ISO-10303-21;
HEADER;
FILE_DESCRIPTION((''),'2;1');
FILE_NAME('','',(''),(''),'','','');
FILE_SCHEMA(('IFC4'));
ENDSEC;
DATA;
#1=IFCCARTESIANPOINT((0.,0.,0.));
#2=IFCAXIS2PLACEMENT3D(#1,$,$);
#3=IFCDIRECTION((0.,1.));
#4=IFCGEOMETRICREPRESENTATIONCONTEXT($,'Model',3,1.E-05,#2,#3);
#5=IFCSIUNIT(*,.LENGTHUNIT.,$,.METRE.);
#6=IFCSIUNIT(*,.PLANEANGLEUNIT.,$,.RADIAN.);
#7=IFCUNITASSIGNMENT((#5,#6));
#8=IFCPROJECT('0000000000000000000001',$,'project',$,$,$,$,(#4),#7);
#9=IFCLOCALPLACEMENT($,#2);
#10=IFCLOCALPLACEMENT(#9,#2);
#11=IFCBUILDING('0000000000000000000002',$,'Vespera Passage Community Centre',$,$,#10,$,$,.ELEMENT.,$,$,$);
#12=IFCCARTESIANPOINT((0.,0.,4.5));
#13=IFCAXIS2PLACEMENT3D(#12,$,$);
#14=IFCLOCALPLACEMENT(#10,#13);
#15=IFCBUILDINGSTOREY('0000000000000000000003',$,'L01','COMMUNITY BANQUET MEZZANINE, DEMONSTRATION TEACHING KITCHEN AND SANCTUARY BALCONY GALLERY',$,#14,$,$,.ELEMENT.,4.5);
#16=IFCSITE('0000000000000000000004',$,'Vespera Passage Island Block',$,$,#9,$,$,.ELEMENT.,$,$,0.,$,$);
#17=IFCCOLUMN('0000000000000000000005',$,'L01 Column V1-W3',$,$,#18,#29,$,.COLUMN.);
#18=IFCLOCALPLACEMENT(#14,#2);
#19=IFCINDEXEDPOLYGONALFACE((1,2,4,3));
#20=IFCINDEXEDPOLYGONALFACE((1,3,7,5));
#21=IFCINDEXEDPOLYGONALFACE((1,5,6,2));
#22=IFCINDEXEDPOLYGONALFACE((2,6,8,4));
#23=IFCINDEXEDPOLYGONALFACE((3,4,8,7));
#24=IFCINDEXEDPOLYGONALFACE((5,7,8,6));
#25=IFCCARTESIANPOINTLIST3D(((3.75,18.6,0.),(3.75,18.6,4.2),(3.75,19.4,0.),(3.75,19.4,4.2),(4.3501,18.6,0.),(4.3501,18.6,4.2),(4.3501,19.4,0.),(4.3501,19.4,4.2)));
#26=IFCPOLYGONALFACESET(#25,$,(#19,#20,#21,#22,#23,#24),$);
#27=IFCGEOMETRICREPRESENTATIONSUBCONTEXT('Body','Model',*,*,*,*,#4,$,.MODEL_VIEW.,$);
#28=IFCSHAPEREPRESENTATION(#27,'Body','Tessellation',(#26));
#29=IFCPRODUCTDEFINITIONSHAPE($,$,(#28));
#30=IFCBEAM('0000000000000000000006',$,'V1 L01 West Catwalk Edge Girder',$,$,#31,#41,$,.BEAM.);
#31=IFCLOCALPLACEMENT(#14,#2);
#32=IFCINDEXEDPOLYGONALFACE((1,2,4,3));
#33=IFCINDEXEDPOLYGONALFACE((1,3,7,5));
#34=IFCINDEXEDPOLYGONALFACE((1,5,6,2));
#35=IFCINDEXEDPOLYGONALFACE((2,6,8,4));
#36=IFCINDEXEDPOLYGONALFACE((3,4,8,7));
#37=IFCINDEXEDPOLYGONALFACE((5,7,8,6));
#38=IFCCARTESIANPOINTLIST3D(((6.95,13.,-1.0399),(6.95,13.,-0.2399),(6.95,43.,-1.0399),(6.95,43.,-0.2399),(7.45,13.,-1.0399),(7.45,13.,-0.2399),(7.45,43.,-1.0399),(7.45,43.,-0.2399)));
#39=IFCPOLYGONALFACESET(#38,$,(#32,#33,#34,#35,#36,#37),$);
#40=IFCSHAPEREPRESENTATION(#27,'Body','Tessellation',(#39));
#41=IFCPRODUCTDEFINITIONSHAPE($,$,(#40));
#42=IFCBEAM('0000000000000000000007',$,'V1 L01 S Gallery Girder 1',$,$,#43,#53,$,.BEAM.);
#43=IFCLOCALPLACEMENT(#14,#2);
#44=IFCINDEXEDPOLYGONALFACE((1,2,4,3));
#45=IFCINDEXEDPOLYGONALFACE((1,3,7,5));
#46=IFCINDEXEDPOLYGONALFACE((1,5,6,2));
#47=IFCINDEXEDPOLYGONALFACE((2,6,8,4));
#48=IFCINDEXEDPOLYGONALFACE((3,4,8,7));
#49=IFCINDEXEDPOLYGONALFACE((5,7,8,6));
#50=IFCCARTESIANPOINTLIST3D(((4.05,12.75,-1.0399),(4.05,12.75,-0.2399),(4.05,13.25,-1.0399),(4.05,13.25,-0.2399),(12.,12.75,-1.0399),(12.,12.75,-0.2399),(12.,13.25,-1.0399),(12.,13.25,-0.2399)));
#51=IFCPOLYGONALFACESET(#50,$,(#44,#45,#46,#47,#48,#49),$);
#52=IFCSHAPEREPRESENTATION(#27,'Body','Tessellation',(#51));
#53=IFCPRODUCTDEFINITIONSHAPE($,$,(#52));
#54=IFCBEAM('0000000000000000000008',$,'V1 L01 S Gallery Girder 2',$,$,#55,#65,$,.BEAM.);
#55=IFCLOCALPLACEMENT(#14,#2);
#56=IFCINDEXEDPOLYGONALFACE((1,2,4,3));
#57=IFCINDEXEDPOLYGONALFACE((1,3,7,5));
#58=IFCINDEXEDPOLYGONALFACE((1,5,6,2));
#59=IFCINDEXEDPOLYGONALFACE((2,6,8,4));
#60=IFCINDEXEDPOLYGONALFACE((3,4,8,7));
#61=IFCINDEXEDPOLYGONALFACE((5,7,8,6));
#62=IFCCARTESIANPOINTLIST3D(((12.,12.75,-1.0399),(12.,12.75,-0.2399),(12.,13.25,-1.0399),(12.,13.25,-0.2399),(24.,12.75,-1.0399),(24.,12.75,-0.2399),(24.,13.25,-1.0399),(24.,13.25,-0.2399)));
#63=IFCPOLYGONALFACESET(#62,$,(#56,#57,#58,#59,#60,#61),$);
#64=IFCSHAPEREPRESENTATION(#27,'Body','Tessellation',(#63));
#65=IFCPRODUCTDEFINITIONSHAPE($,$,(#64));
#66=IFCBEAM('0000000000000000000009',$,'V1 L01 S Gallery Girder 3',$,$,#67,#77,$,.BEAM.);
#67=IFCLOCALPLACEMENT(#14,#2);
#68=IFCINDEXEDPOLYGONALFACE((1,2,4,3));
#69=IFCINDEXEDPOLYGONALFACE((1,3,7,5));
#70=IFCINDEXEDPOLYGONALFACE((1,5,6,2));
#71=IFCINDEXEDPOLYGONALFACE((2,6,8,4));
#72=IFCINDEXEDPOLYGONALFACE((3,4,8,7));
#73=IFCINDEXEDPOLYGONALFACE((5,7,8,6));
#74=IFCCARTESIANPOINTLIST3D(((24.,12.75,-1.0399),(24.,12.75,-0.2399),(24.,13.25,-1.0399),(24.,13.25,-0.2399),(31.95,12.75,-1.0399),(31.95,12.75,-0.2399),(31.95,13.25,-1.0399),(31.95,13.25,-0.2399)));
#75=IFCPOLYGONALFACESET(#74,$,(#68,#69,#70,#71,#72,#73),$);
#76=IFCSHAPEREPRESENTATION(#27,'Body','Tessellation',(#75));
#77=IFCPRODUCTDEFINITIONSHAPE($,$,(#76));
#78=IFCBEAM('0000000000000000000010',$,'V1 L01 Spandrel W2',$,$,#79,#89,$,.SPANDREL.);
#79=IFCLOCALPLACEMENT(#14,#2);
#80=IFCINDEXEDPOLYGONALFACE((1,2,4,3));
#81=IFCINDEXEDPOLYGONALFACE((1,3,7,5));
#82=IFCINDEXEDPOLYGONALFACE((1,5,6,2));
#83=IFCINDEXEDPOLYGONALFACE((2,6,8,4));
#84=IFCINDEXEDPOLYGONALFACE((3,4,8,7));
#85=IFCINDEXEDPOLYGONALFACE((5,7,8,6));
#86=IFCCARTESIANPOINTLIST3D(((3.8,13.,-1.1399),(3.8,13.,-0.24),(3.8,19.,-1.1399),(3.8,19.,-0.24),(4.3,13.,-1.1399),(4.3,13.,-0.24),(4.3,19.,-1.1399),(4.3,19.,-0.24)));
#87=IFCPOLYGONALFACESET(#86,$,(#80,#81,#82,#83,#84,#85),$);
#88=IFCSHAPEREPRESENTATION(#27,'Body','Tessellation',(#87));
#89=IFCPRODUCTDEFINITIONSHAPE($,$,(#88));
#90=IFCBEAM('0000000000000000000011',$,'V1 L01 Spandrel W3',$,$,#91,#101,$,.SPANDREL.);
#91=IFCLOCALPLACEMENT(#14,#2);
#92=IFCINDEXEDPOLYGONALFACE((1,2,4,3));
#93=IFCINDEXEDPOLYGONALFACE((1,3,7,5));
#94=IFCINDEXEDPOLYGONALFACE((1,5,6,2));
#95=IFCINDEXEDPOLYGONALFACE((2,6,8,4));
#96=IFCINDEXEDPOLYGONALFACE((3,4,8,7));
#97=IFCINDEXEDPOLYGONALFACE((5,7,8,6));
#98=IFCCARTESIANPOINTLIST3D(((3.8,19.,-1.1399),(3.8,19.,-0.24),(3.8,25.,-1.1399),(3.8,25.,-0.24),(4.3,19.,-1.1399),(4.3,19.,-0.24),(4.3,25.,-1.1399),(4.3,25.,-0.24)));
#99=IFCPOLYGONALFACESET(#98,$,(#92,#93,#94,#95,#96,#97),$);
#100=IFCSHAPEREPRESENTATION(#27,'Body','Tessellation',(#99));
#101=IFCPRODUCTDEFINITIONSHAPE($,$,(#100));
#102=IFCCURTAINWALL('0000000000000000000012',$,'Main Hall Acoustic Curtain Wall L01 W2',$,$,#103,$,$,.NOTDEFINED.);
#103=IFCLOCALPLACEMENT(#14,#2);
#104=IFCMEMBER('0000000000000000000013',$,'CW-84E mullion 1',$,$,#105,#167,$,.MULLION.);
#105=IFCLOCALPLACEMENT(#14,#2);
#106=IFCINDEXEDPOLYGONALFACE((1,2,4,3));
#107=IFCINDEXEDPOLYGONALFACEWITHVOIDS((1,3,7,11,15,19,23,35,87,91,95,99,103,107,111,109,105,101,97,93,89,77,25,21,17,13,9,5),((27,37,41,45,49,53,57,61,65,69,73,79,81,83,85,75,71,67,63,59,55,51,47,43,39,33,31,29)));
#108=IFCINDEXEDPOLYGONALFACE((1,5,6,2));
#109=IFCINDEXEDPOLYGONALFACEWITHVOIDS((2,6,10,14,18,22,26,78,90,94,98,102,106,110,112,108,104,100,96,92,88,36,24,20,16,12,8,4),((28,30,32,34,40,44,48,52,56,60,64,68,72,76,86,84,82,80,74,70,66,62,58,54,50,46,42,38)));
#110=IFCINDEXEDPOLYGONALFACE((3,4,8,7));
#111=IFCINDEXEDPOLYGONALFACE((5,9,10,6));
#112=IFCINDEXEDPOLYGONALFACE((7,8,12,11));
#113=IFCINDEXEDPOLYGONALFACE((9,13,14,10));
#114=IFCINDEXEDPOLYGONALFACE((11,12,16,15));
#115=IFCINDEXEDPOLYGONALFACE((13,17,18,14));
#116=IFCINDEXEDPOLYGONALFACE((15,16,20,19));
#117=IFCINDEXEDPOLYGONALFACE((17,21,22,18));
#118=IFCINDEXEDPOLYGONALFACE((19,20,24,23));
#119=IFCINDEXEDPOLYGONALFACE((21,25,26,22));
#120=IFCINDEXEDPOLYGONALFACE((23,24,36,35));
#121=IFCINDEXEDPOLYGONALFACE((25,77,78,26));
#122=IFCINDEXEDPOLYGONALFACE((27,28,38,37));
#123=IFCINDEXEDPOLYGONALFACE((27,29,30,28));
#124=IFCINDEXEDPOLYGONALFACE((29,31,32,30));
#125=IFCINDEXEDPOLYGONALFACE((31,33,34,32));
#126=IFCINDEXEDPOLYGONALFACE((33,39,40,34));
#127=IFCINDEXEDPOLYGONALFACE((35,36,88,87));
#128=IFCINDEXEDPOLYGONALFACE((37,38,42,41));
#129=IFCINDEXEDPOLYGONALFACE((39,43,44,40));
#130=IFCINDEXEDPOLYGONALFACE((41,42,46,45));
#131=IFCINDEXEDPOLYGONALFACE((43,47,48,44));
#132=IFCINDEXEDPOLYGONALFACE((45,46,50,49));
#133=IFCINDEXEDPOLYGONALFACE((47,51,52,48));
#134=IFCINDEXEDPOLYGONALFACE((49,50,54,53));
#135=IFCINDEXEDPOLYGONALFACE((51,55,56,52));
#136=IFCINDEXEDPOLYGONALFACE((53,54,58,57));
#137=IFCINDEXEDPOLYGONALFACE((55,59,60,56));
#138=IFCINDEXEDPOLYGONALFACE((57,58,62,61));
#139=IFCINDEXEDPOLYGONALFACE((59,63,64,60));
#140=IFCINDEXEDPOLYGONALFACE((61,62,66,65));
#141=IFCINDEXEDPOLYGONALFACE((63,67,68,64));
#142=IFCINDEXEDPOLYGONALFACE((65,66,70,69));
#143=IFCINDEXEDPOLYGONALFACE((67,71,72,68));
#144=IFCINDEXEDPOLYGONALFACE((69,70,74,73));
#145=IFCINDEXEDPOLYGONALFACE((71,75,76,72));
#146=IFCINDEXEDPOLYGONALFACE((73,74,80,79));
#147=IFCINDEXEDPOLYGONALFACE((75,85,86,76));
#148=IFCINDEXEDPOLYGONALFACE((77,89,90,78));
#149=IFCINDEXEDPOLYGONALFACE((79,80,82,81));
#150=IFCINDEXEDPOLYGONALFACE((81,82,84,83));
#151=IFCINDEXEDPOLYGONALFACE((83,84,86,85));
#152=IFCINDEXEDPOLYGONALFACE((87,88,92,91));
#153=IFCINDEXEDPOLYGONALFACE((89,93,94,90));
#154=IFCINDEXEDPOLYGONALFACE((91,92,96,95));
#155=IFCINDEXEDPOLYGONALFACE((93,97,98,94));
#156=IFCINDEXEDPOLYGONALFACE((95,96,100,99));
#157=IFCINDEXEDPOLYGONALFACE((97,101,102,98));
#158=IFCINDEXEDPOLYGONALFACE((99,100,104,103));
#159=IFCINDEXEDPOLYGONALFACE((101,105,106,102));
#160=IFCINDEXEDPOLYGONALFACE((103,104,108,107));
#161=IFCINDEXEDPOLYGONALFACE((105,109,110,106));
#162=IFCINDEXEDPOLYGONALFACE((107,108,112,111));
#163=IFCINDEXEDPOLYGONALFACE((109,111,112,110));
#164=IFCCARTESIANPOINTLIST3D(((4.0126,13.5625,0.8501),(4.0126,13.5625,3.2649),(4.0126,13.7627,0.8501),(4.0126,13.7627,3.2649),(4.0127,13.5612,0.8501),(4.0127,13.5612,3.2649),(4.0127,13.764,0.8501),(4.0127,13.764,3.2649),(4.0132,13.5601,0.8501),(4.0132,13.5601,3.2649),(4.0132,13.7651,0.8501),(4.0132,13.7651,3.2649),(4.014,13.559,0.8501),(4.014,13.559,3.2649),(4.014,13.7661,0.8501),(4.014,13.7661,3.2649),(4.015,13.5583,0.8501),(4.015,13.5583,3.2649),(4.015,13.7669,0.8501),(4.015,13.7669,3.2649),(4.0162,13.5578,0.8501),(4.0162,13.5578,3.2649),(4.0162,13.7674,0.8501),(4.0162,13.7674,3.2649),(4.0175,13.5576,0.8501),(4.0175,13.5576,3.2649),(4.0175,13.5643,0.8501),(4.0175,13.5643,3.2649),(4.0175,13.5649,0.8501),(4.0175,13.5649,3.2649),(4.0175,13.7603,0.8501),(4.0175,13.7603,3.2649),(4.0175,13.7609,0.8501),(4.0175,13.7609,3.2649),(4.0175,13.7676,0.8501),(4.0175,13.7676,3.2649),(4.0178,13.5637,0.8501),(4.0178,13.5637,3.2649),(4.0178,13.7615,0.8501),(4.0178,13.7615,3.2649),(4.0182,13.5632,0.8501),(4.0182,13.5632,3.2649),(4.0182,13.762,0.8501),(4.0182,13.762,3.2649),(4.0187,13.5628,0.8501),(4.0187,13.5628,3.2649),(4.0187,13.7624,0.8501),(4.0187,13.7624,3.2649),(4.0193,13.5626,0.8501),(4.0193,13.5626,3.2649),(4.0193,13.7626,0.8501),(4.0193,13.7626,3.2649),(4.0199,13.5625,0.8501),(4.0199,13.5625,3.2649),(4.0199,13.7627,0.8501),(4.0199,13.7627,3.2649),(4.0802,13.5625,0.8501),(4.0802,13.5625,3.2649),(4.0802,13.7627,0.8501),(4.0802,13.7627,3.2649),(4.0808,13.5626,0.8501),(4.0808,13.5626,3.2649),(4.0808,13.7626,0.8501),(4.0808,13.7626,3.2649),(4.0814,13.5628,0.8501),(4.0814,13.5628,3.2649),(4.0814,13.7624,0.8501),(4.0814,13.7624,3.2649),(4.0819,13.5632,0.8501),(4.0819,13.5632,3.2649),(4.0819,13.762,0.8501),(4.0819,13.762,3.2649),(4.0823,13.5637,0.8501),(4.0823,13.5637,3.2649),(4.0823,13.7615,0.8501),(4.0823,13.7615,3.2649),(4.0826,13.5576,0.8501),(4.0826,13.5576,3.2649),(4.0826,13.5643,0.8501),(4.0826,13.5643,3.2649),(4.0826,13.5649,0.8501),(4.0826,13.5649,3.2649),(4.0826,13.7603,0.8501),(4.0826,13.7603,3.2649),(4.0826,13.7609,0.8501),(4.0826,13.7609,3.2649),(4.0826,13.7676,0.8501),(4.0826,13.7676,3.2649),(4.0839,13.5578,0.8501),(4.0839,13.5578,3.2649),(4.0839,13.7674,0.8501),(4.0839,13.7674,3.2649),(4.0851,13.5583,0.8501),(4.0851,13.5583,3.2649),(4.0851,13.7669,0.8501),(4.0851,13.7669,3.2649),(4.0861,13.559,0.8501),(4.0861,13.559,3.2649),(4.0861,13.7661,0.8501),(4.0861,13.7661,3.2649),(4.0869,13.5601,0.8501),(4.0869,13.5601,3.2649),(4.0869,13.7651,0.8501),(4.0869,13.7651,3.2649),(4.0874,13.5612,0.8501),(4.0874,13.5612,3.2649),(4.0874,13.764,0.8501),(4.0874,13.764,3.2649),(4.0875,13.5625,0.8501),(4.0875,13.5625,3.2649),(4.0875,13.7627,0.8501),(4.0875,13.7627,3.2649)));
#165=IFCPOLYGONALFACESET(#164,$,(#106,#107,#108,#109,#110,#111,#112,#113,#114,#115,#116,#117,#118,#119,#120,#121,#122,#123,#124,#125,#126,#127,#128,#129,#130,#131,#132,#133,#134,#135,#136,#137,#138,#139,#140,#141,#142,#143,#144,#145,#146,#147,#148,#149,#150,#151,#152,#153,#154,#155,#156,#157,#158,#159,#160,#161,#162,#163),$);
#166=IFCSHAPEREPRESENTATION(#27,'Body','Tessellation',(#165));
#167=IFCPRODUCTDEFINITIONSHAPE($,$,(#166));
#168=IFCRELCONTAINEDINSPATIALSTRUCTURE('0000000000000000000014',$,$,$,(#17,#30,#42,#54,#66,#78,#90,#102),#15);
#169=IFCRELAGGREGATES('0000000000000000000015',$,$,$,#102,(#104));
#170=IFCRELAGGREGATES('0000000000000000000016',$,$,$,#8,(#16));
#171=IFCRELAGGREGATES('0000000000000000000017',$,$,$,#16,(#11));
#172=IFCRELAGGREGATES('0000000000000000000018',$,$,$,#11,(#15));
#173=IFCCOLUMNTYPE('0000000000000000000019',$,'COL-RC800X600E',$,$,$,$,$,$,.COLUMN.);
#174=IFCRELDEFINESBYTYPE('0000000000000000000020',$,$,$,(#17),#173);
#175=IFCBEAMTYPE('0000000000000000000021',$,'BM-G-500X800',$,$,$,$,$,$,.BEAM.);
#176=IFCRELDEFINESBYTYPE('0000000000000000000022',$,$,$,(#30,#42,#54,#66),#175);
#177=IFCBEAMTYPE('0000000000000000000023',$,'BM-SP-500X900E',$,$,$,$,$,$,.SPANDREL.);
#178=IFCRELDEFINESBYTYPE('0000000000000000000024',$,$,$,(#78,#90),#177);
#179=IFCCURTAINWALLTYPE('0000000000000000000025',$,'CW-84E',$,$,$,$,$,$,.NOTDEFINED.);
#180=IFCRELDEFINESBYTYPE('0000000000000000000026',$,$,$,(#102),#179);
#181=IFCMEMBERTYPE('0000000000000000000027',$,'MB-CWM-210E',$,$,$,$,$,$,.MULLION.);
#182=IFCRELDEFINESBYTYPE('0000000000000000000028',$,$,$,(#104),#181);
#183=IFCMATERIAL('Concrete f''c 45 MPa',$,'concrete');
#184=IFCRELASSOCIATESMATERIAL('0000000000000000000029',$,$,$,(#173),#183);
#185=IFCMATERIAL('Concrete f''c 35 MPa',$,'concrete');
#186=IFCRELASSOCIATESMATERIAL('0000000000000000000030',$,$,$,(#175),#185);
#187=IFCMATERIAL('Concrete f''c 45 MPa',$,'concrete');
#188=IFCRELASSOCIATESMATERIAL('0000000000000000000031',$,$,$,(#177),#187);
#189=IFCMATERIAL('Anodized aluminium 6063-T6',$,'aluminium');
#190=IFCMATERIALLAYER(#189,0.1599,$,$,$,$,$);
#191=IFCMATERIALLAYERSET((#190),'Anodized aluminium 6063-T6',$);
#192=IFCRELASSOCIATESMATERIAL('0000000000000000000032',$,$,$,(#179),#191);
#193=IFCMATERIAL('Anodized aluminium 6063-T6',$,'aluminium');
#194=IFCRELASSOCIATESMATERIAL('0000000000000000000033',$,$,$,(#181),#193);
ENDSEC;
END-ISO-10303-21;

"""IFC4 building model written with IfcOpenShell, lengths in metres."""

from ifc_helpers import new_model, si_unit, direction, frame, origin, origin_2d, place, context, subcontext, project, spatial, rectangle, hollow_rectangle, extrude, material, layer, layer_set, material_profile, profile_set, type_object, element, aggregate, save


model = new_model("IFC4")

# Units and contexts
model_context = context("Model", 3, precision=1e-05, world=origin(), true_north=direction((0.0, 1.0)))
body_context = subcontext(model_context, "Body", "Model", "MODEL_VIEW")
ifc_project = project(units=[si_unit("LENGTHUNIT", "METRE"), si_unit("PLANEANGLEUNIT", "RADIAN")], contexts=[model_context])

# Site, building, storey
site_placement = place(None, origin())
site = spatial("IfcSite", under=ifc_project, at=site_placement, Name="Vespera Passage Island Block", CompositionType="ELEMENT", RefElevation=0.0)
building_placement = place(site_placement, origin())
building = spatial("IfcBuilding", under=site, at=building_placement, Name="Vespera Passage Community Centre", CompositionType="ELEMENT")
storey_placement = place(building_placement, frame((0.0, 0.0, 4.5)))
storey = spatial("IfcBuildingStorey", under=building, at=storey_placement, Name="L01", Description="COMMUNITY BANQUET MEZZANINE, DEMONSTRATION TEACHING KITCHEN AND SANCTUARY BALCONY GALLERY", CompositionType="ELEMENT", Elevation=4.5)

# Column
ifc_material_1 = material(Name="Concrete f'c 45 MPa", Category="concrete")
ifc_material_profile_1 = material_profile(ifc_material_1, rectangle(XDim=0.6001, YDim=0.8, at=origin_2d()), Name="RC800X600")
ifc_profile_set_1 = profile_set([ifc_material_profile_1], Name="Concrete f'c 45 MPa")
column_type = type_object("IfcColumnType", Name="COL-RC800X600E", PredefinedType="COLUMN", material=ifc_profile_set_1)
column_placement = place(storey_placement, frame((4.05, 19.0, 0.0), z_axis=(0.0, 0.0, 1.0), x_axis=(1.0, 0.0, 0.0)))
element("IfcColumn", 1, at=column_placement, inside=storey, type_object=column_type, Name="L01 Column V1-W3", PredefinedType="COLUMN", context=body_context, shape_type="SweptSolid", body=[
    extrude(rectangle(XDim=0.6001, YDim=0.8, at=origin_2d()), origin(), (0.0, 0.0, 1.0), 4.2),
])

# Beams
ifc_material_2 = material(Name="Concrete f'c 35 MPa", Category="concrete")
ifc_material_profile_2 = material_profile(ifc_material_2, rectangle(XDim=0.5, YDim=0.8, at=origin_2d()), Name="RC500X800")
ifc_profile_set_2 = profile_set([ifc_material_profile_2], Name="Concrete f'c 35 MPa")
beam_type_1 = type_object("IfcBeamType", Name="BM-G-500X800", PredefinedType="BEAM", material=ifc_profile_set_2)
beam_1_placement = place(storey_placement, frame((7.2, 13.0, -0.6399), z_axis=(0.0, 1.0, 0.0), x_axis=(-1.0, 0.0, 0.0)))
element("IfcBeam", 2, at=beam_1_placement, inside=storey, type_object=beam_type_1, Name="V1 L01 West Catwalk Edge Girder", PredefinedType="BEAM", context=body_context, shape_type="SweptSolid", body=[
    extrude(rectangle(XDim=0.5, YDim=0.8, at=origin_2d()), origin(), (0.0, 0.0, 1.0), 30.0),
])
beam_2_placement = place(storey_placement, frame((4.05, 13.0, -0.6399), z_axis=(1.0, 0.0, 0.0), x_axis=(0.0, 1.0, 0.0)))
element("IfcBeam", 3, at=beam_2_placement, inside=storey, type_object=beam_type_1, Name="V1 L01 S Gallery Girder 1", PredefinedType="BEAM", context=body_context, shape_type="SweptSolid", body=[
    extrude(rectangle(XDim=0.5, YDim=0.8, at=origin_2d()), origin(), (0.0, 0.0, 1.0), 7.95),
])
beam_3_placement = place(storey_placement, frame((12.0, 13.0, -0.6399), z_axis=(1.0, 0.0, 0.0), x_axis=(0.0, 1.0, 0.0)))
element("IfcBeam", 4, at=beam_3_placement, inside=storey, type_object=beam_type_1, Name="V1 L01 S Gallery Girder 2", PredefinedType="BEAM", context=body_context, shape_type="SweptSolid", body=[
    extrude(rectangle(XDim=0.5, YDim=0.8, at=origin_2d()), origin(), (0.0, 0.0, 1.0), 12.0),
])
beam_4_placement = place(storey_placement, frame((24.0, 13.0, -0.6399), z_axis=(1.0, 0.0, 0.0), x_axis=(0.0, 1.0, 0.0)))
element("IfcBeam", 5, at=beam_4_placement, inside=storey, type_object=beam_type_1, Name="V1 L01 S Gallery Girder 3", PredefinedType="BEAM", context=body_context, shape_type="SweptSolid", body=[
    extrude(rectangle(XDim=0.5, YDim=0.8, at=origin_2d()), origin(), (0.0, 0.0, 1.0), 7.95),
])
ifc_material_3 = material(Name="Concrete f'c 45 MPa", Category="concrete")
ifc_material_profile_3 = material_profile(ifc_material_3, rectangle(XDim=0.5, YDim=0.8999, at=origin_2d()), Name="RC500X900")
ifc_profile_set_3 = profile_set([ifc_material_profile_3], Name="Concrete f'c 45 MPa")
beam_type_2 = type_object("IfcBeamType", Name="BM-SP-500X900E", PredefinedType="SPANDREL", material=ifc_profile_set_3)
for number, where, z_axis, x_axis, name in (
    (6, (4.05, 13.0, -0.6899), (0.0, 1.0, 0.0), (-1.0, 0.0, 0.0), "V1 L01 Spandrel W2"),
    (7, (4.05, 19.0, -0.6899), (0.0, 1.0, 0.0), (-1.0, 0.0, 0.0), "V1 L01 Spandrel W3"),
):
    element("IfcBeam", number, at=place(storey_placement, frame(where, z_axis=z_axis, x_axis=x_axis)), inside=storey, type_object=beam_type_2, Name=name, PredefinedType="SPANDREL", context=body_context, shape_type="SweptSolid", body=[
        extrude(rectangle(XDim=0.5, YDim=0.8999, at=origin_2d()), origin(), (0.0, 0.0, 1.0), 6.0),
    ])

# Curtain wall, member
ifc_material_4 = material(Name="Anodized aluminium 6063-T6", Category="aluminium")
ifc_layer_1 = layer(ifc_material_4, 0.1599)
ifc_layer_set_1 = layer_set([ifc_layer_1], Name="Anodized aluminium 6063-T6")
curtain_wall_type = type_object("IfcCurtainWallType", Name="CW-84E", PredefinedType="NOTDEFINED", material=ifc_layer_set_1)
curtain_wall_1_placement = place(storey_placement, origin())
curtain_wall_1 = element("IfcCurtainWall", 8, at=curtain_wall_1_placement, inside=storey, type_object=curtain_wall_type, Name="Main Hall Acoustic Curtain Wall L01 W2", PredefinedType="NOTDEFINED")
ifc_material_5 = material(Name="Anodized aluminium 6063-T6", Category="aluminium")
ifc_material_profile_4 = material_profile(ifc_material_5, hollow_rectangle(XDim=0.075, YDim=0.21, WallThickness=0.0049, InnerFilletRadius=0.0024, OuterFilletRadius=0.0049, at=origin_2d()), Name="ALU210X75X5")
ifc_profile_set_4 = profile_set([ifc_material_profile_4], Name="Anodized aluminium 6063-T6")
member_type_1 = type_object("IfcMemberType", Name="MB-CWM-210E", PredefinedType="MULLION", material=ifc_profile_set_4)
member_1_placement = place(storey_placement, frame((4.05, 13.6626, 0.8501), z_axis=(0.0, 0.0, 1.0), x_axis=(-1.0, 0.0, 0.0)))
member_1 = element("IfcMember", 9, at=member_1_placement, type_object=member_type_1, Name="CW-84E mullion 1", PredefinedType="MULLION", context=body_context, shape_type="SweptSolid", body=[
    extrude(hollow_rectangle(XDim=0.075, YDim=0.21, WallThickness=0.0049, InnerFilletRadius=0.0024, OuterFilletRadius=0.0049, at=origin_2d()), origin(), (0.0, 0.0, 1.0), 2.4148),
])

aggregate(curtain_wall_1, [member_1])

save(model, "model.ifc")
